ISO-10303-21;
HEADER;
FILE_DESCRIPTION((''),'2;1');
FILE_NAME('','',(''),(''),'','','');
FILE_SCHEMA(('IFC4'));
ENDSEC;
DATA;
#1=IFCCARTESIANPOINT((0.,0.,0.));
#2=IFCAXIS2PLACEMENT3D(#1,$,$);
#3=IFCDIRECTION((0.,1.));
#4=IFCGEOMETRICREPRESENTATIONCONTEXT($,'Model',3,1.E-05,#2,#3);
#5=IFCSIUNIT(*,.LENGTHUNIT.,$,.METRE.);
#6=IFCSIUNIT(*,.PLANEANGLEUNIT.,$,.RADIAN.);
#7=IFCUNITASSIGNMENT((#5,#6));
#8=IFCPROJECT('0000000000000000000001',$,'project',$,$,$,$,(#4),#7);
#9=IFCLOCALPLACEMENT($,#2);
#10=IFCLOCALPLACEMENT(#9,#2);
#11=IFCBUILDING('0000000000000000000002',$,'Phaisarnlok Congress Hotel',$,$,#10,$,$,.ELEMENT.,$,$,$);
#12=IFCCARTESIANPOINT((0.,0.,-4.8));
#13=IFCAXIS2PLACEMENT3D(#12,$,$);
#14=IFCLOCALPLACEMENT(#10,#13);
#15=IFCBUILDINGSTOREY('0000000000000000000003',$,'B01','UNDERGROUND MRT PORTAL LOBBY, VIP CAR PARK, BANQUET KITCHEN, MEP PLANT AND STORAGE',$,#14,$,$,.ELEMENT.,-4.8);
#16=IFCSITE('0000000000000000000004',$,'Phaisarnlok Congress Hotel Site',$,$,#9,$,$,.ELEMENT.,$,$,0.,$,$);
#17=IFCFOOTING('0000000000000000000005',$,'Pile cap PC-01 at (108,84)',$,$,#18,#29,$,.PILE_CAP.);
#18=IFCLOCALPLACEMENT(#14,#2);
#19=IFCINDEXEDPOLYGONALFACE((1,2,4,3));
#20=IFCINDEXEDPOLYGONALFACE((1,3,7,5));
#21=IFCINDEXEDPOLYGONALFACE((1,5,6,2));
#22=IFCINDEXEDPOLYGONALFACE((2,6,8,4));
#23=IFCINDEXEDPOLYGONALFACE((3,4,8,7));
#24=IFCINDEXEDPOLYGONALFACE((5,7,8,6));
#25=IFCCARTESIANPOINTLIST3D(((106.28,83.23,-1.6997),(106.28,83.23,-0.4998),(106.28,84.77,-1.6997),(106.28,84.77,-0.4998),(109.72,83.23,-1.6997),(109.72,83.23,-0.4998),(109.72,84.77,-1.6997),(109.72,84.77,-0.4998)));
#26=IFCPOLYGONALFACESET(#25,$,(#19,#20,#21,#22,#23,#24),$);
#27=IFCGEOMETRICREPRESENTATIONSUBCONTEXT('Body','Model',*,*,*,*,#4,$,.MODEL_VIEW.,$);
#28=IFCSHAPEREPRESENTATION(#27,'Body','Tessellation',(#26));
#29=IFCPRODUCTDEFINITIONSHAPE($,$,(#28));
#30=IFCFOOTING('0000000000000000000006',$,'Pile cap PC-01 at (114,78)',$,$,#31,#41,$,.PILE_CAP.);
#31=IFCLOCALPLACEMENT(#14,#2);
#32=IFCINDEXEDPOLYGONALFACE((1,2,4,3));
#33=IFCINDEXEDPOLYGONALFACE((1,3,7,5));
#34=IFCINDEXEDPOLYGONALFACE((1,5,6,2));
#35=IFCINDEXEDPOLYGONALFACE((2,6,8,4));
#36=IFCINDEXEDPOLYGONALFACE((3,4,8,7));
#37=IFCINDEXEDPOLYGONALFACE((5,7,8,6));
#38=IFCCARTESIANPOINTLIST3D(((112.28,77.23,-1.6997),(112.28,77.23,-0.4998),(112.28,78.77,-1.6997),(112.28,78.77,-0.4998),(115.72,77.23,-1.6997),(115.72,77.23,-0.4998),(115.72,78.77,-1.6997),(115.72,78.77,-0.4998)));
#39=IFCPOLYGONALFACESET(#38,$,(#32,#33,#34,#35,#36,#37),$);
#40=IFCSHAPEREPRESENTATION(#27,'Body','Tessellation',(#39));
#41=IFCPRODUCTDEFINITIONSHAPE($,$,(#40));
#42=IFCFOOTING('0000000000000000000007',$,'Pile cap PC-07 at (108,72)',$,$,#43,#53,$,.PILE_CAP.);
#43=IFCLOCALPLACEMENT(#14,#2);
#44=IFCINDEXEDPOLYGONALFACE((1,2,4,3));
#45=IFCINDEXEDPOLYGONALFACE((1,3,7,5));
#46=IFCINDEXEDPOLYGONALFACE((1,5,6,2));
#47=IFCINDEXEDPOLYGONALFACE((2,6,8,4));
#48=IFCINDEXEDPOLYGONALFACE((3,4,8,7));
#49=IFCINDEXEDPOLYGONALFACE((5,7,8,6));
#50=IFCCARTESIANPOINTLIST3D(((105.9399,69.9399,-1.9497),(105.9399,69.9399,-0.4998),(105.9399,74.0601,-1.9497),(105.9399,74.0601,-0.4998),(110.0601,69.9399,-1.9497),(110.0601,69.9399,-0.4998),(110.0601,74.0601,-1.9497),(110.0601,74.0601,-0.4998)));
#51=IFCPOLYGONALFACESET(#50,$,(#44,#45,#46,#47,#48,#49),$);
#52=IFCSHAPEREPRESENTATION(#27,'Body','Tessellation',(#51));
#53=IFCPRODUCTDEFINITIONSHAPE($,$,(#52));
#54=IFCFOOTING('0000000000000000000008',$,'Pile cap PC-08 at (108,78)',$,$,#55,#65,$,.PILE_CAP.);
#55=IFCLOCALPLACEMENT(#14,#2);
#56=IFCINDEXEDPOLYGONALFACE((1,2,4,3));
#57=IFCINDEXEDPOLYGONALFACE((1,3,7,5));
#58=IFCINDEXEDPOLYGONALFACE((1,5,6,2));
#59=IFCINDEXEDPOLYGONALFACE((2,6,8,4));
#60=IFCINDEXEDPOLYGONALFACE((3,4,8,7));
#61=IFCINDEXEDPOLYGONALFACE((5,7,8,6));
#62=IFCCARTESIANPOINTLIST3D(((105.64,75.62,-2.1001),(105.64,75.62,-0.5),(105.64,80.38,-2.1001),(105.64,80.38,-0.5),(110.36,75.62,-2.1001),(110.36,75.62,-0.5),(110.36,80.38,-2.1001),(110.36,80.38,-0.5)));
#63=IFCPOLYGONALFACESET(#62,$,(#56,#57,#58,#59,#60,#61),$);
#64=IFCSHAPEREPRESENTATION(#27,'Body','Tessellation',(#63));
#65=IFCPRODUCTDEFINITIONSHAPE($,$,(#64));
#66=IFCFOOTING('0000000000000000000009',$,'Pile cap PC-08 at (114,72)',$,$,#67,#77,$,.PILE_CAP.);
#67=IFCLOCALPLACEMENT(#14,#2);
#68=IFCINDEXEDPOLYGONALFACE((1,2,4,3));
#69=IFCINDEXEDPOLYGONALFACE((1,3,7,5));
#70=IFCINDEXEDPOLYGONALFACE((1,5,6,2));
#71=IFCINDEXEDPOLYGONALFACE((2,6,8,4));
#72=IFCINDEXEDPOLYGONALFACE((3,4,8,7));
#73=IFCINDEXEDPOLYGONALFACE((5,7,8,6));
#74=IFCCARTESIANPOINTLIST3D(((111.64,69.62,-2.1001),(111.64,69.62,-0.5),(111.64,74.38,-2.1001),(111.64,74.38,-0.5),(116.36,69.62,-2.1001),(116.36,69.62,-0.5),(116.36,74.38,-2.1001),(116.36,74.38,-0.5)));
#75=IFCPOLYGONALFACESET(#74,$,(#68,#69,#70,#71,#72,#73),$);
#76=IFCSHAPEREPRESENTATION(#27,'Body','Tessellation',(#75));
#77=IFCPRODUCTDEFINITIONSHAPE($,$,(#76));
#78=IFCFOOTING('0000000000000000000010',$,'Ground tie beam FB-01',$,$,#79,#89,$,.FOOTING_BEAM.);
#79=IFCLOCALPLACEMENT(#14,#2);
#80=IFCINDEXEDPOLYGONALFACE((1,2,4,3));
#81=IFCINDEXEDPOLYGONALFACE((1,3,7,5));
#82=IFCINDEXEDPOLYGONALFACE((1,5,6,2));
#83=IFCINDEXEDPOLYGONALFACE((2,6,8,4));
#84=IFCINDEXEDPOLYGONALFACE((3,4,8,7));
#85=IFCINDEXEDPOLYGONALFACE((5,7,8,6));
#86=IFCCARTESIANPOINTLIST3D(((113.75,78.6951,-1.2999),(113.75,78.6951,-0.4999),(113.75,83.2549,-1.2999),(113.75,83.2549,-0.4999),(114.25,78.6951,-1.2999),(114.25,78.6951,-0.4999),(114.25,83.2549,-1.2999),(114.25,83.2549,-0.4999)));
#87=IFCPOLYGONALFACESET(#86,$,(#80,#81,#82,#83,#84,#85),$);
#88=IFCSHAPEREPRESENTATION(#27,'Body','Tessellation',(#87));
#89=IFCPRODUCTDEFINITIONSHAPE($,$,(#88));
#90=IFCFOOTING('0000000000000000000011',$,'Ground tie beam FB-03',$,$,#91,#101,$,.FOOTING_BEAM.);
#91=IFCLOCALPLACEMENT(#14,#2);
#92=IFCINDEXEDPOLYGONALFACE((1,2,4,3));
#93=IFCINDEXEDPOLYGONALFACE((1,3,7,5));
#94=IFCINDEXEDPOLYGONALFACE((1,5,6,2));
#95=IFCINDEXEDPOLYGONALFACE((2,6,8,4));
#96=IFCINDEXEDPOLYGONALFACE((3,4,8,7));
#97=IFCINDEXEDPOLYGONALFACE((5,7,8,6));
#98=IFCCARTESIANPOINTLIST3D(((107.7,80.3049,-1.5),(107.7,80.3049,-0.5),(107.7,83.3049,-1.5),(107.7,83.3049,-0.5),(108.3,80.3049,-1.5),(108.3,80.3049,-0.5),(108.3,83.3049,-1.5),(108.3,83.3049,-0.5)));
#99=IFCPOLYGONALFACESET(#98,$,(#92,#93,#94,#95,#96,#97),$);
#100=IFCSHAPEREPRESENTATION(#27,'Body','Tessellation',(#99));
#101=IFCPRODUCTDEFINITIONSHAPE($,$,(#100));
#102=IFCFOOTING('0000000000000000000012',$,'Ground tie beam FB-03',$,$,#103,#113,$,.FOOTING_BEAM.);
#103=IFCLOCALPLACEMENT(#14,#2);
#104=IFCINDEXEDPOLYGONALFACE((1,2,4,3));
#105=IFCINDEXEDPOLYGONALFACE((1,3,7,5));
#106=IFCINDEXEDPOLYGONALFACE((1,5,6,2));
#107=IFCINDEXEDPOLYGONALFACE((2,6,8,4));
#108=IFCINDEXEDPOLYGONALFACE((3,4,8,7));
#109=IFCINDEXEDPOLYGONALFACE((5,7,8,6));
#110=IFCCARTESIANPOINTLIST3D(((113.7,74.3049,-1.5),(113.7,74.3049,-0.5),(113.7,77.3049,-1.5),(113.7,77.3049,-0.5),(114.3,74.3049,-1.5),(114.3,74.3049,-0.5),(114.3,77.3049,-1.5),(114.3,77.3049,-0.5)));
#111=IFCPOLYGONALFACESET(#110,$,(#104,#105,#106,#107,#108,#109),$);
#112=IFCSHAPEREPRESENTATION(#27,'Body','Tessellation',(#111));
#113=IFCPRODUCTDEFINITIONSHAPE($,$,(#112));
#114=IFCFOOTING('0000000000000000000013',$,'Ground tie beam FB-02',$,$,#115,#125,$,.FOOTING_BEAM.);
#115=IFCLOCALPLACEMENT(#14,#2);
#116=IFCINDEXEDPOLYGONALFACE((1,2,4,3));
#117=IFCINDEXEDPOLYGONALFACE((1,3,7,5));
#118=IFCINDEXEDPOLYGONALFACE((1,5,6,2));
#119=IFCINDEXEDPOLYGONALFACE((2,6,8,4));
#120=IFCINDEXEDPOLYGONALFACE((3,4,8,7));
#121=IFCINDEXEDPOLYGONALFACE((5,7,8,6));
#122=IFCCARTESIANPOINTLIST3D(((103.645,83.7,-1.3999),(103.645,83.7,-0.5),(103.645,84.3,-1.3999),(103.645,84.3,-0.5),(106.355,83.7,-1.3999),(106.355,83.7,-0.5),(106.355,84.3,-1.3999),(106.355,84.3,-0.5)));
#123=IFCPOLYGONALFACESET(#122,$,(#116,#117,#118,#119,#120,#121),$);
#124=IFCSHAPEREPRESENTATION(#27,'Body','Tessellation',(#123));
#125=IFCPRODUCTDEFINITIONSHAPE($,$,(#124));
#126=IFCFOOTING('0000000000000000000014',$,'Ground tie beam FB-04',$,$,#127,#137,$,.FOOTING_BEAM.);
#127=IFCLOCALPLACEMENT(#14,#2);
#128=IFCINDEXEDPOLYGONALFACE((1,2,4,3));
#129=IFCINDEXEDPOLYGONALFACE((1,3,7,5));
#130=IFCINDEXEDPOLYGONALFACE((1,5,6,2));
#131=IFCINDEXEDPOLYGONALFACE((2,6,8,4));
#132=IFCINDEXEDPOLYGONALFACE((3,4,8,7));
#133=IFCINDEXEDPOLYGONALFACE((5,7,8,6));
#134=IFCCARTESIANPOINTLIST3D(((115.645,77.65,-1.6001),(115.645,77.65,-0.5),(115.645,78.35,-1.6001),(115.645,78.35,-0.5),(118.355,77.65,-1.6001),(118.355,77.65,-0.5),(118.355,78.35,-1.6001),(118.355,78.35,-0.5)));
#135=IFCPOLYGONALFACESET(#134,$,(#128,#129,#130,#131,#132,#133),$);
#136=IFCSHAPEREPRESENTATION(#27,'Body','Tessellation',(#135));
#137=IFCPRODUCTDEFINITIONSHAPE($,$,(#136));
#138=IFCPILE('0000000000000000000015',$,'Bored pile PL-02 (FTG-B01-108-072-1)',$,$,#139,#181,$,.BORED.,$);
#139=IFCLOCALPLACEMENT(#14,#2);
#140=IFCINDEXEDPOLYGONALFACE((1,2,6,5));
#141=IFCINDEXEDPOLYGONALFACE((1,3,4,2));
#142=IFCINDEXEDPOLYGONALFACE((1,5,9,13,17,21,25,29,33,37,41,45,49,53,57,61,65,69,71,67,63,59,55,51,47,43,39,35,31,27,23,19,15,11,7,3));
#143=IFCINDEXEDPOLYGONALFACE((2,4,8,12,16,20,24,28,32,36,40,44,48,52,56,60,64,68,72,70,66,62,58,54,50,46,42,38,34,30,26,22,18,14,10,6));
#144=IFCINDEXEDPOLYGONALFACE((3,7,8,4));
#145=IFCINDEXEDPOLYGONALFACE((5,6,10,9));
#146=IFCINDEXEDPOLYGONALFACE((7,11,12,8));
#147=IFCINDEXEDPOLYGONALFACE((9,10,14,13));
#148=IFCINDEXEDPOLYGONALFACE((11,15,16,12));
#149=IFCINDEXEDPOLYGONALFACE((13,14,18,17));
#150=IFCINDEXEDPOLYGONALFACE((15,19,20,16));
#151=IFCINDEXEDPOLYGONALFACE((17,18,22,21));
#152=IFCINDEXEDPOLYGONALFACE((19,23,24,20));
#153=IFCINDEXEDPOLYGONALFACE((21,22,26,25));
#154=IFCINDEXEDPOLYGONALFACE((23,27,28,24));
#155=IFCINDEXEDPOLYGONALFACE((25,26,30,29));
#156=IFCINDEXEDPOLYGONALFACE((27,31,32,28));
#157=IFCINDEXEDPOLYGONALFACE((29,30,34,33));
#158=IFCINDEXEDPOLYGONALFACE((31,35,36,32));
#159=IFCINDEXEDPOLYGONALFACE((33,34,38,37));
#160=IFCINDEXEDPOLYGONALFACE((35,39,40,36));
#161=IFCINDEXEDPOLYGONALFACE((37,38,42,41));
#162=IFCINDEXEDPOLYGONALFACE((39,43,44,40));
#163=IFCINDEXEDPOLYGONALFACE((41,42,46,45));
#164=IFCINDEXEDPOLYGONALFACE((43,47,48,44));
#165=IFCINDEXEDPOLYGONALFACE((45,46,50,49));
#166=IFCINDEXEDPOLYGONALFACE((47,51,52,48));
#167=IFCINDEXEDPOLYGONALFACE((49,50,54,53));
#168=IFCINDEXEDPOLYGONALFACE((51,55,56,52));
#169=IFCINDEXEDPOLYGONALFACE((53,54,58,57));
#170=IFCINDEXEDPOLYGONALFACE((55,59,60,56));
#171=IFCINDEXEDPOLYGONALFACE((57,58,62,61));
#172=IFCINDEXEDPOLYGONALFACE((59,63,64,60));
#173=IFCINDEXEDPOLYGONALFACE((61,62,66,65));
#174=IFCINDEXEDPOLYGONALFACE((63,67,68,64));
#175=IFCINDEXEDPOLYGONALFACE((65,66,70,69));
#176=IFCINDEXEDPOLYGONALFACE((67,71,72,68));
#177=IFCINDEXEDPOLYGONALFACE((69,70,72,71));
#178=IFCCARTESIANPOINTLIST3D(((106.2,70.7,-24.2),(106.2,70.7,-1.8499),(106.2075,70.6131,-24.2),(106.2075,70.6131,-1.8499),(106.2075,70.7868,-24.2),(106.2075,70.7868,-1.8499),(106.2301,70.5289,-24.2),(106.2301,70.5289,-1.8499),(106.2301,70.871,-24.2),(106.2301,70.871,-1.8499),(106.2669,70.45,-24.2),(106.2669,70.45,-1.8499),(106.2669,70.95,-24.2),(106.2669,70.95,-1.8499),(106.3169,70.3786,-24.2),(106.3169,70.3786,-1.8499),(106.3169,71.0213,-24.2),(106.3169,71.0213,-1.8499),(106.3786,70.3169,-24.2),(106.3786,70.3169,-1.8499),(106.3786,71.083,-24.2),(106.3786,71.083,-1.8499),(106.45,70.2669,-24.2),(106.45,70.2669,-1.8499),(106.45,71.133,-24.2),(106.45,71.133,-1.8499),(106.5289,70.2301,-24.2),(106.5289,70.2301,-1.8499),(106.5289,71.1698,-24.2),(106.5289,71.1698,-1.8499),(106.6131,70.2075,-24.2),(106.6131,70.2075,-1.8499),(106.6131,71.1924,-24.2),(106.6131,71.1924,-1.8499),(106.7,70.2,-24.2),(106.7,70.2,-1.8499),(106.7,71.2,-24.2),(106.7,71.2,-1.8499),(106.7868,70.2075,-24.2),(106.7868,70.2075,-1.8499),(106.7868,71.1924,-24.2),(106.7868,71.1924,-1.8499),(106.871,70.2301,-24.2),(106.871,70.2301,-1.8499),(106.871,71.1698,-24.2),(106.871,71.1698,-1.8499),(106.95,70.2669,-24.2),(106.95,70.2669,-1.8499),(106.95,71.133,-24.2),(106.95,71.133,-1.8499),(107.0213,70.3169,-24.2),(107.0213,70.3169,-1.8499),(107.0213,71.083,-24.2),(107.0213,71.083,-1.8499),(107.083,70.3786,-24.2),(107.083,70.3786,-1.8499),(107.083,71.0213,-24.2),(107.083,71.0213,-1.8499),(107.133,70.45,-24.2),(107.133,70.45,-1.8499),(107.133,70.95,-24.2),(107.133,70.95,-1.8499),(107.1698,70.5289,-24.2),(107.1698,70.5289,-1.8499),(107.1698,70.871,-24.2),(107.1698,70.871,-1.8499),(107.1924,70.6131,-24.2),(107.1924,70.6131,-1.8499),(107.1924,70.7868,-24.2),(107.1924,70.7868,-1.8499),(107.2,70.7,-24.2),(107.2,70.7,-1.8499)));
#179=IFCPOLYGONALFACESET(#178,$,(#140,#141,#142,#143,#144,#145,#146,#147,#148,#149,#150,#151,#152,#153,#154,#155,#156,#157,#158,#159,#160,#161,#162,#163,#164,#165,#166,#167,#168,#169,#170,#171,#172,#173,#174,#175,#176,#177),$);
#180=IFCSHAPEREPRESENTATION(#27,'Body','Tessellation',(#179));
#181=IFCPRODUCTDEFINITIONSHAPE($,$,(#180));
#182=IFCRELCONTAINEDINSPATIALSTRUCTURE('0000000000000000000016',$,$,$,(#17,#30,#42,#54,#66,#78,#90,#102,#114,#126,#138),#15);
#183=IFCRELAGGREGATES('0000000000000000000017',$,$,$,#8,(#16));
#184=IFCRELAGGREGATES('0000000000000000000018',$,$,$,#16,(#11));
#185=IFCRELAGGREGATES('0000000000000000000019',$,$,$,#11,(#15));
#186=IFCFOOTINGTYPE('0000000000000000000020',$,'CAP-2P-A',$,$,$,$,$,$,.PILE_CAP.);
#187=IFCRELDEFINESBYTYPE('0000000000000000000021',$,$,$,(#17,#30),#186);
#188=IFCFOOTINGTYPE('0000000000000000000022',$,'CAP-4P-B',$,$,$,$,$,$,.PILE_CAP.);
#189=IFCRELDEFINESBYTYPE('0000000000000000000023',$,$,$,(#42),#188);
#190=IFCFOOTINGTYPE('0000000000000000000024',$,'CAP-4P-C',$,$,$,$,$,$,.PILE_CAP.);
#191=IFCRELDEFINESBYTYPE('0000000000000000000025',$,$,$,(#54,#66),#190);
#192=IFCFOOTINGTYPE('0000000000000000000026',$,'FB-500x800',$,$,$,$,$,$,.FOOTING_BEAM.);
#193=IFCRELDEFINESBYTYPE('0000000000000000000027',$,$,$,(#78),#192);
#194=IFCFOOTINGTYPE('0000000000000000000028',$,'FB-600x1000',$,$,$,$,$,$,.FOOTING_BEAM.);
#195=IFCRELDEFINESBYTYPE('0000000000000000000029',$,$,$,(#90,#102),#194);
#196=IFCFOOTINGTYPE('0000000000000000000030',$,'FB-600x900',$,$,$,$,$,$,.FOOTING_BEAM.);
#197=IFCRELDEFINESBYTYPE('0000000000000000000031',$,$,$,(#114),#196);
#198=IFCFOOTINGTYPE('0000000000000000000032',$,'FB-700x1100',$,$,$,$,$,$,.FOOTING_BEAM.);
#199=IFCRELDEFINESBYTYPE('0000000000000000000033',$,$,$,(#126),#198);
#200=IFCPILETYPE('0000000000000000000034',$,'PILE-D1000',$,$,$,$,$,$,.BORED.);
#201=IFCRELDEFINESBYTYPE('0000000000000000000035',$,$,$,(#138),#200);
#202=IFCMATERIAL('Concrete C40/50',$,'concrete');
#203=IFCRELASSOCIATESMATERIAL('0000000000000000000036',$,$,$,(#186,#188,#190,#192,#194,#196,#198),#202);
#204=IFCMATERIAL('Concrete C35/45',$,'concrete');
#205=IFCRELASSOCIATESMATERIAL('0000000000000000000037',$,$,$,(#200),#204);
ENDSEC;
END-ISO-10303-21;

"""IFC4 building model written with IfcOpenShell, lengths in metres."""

from ifc_helpers import new_model, si_unit, direction, frame, origin, origin_2d, place, context, subcontext, project, spatial, rectangle, circle, extrude, material, material_profile, profile_set, type_object, element, save


model = new_model("IFC4")

# Units and contexts
model_context = context("Model", 3, precision=1e-05, world=origin(), true_north=direction((0.0, 1.0)))
body_context = subcontext(model_context, "Body", "Model", "MODEL_VIEW")
ifc_project = project(units=[si_unit("LENGTHUNIT", "METRE"), si_unit("PLANEANGLEUNIT", "RADIAN")], contexts=[model_context])

# Site, building, storey
site_placement = place(None, origin())
site = spatial("IfcSite", under=ifc_project, at=site_placement, Name="Phaisarnlok Congress Hotel Site", CompositionType="ELEMENT", RefElevation=0.0)
building_placement = place(site_placement, origin())
building = spatial("IfcBuilding", under=site, at=building_placement, Name="Phaisarnlok Congress Hotel", CompositionType="ELEMENT")
storey_placement = place(building_placement, frame((0.0, 0.0, -4.8)))
storey = spatial("IfcBuildingStorey", under=building, at=storey_placement, Name="B01", Description="UNDERGROUND MRT PORTAL LOBBY, VIP CAR PARK, BANQUET KITCHEN, MEP PLANT AND STORAGE", CompositionType="ELEMENT", Elevation=-4.8)

# Footings
ifc_material_1 = material(Name="Concrete C40/50", Category="concrete")
footing_type_1 = type_object("IfcFootingType", Name="CAP-2P-A", PredefinedType="PILE_CAP", material=ifc_material_1)
for number, where, z_axis, x_axis, name in (
    (1, (108.0, 84.0, -1.6997), (0.0, 0.0, 1.0), (1.0, 0.0, 0.0), "Pile cap PC-01 at (108,84)"),
    (2, (114.0, 78.0, -1.6997), (0.0, 0.0, 1.0), (1.0, 0.0, 0.0), "Pile cap PC-01 at (114,78)"),
):
    element("IfcFooting", number, at=place(storey_placement, frame(where, z_axis=z_axis, x_axis=x_axis)), inside=storey, type_object=footing_type_1, Name=name, PredefinedType="PILE_CAP", context=body_context, shape_type="SweptSolid", body=[
        extrude(rectangle(XDim=3.4399, YDim=1.54, at=origin_2d()), origin(), (0.0, 0.0, 1.0), 1.2),
    ])
footing_type_2 = type_object("IfcFootingType", Name="CAP-4P-B", PredefinedType="PILE_CAP", material=ifc_material_1)
footing_1_placement = place(storey_placement, frame((108.0, 72.0, -1.9497), z_axis=(0.0, 0.0, 1.0), x_axis=(1.0, 0.0, 0.0)))
element("IfcFooting", 3, at=footing_1_placement, inside=storey, type_object=footing_type_2, Name="Pile cap PC-07 at (108,72)", PredefinedType="PILE_CAP", context=body_context, shape_type="SweptSolid", body=[
    extrude(rectangle(XDim=4.1201, YDim=4.1201, at=origin_2d()), origin(), (0.0, 0.0, 1.0), 1.45),
])
footing_type_3 = type_object("IfcFootingType", Name="CAP-4P-C", PredefinedType="PILE_CAP", material=ifc_material_1)
for number, where, z_axis, x_axis, name in (
    (4, (108.0, 78.0, -2.1001), (0.0, 0.0, 1.0), (1.0, 0.0, 0.0), "Pile cap PC-08 at (108,78)"),
    (5, (114.0, 72.0, -2.1001), (0.0, 0.0, 1.0), (1.0, 0.0, 0.0), "Pile cap PC-08 at (114,72)"),
):
    element("IfcFooting", number, at=place(storey_placement, frame(where, z_axis=z_axis, x_axis=x_axis)), inside=storey, type_object=footing_type_3, Name=name, PredefinedType="PILE_CAP", context=body_context, shape_type="SweptSolid", body=[
        extrude(rectangle(XDim=4.72, YDim=4.76, at=origin_2d()), origin(), (0.0, 0.0, 1.0), 1.6001),
    ])
ifc_material_profile_1 = material_profile(ifc_material_1, rectangle(XDim=0.5, YDim=0.8, at=origin_2d()), Name="FB-500x800")
ifc_profile_set_1 = profile_set([ifc_material_profile_1], Name="Concrete C40/50")
footing_type_4 = type_object("IfcFootingType", Name="FB-500x800", PredefinedType="FOOTING_BEAM", material=ifc_profile_set_1)
footing_2_placement = place(storey_placement, frame((114.0, 78.6951, -0.8999), z_axis=(0.0, 1.0, 0.0), x_axis=(-1.0, 0.0, 0.0)))
element("IfcFooting", 6, at=footing_2_placement, inside=storey, type_object=footing_type_4, Name="Ground tie beam FB-01", PredefinedType="FOOTING_BEAM", context=body_context, shape_type="SweptSolid", body=[
    extrude(rectangle(XDim=0.5, YDim=0.8, at=origin_2d()), origin(), (0.0, 0.0, 1.0), 4.5598),
])
ifc_material_profile_2 = material_profile(ifc_material_1, rectangle(XDim=0.6001, YDim=1.0, at=origin_2d()), Name="FB-600x1000")
ifc_profile_set_2 = profile_set([ifc_material_profile_2], Name="Concrete C40/50")
footing_type_5 = type_object("IfcFootingType", Name="FB-600x1000", PredefinedType="FOOTING_BEAM", material=ifc_profile_set_2)
for number, where, z_axis, x_axis, name in (
    (7, (108.0, 80.3049, -1.0), (0.0, 1.0, 0.0), (-1.0, 0.0, 0.0), "Ground tie beam FB-03"),
    (8, (114.0, 74.3049, -1.0), (0.0, 1.0, 0.0), (-1.0, 0.0, 0.0), "Ground tie beam FB-03"),
):
    element("IfcFooting", number, at=place(storey_placement, frame(where, z_axis=z_axis, x_axis=x_axis)), inside=storey, type_object=footing_type_5, Name=name, PredefinedType="FOOTING_BEAM", context=body_context, shape_type="SweptSolid", body=[
        extrude(rectangle(XDim=0.6001, YDim=1.0, at=origin_2d()), origin(), (0.0, 0.0, 1.0), 3.0),
    ])
ifc_material_profile_3 = material_profile(ifc_material_1, rectangle(XDim=0.6001, YDim=0.8999, at=origin_2d()), Name="FB-600x900")
ifc_profile_set_3 = profile_set([ifc_material_profile_3], Name="Concrete C40/50")
footing_type_6 = type_object("IfcFootingType", Name="FB-600x900", PredefinedType="FOOTING_BEAM", material=ifc_profile_set_3)
footing_3_placement = place(storey_placement, frame((103.645, 84.0, -0.95), z_axis=(1.0, 0.0, 0.0), x_axis=(0.0, 1.0, 0.0)))
element("IfcFooting", 9, at=footing_3_placement, inside=storey, type_object=footing_type_6, Name="Ground tie beam FB-02", PredefinedType="FOOTING_BEAM", context=body_context, shape_type="SweptSolid", body=[
    extrude(rectangle(XDim=0.6001, YDim=0.8999, at=origin_2d()), origin(), (0.0, 0.0, 1.0), 2.71),
])
ifc_material_profile_4 = material_profile(ifc_material_1, rectangle(XDim=0.7, YDim=1.1001, at=origin_2d()), Name="FB-700x1100")
ifc_profile_set_4 = profile_set([ifc_material_profile_4], Name="Concrete C40/50")
footing_type_7 = type_object("IfcFootingType", Name="FB-700x1100", PredefinedType="FOOTING_BEAM", material=ifc_profile_set_4)
footing_4_placement = place(storey_placement, frame((115.645, 78.0, -1.05), z_axis=(1.0, 0.0, 0.0), x_axis=(0.0, 1.0, 0.0)))
element("IfcFooting", 10, at=footing_4_placement, inside=storey, type_object=footing_type_7, Name="Ground tie beam FB-04", PredefinedType="FOOTING_BEAM", context=body_context, shape_type="SweptSolid", body=[
    extrude(rectangle(XDim=0.7, YDim=1.1001, at=origin_2d()), origin(), (0.0, 0.0, 1.0), 2.71),
])

# Pile
ifc_material_2 = material(Name="Concrete C35/45", Category="concrete")
ifc_material_profile_5 = material_profile(ifc_material_2, circle(Radius=0.5, at=origin_2d()), Name="BORED PILE D1000")
ifc_profile_set_5 = profile_set([ifc_material_profile_5], Name="Concrete C35/45")
pile_type_1 = type_object("IfcPileType", Name="PILE-D1000", PredefinedType="BORED", material=ifc_profile_set_5)
for number, where, z_axis, x_axis, name in (
    (11, (106.7, 70.7, -1.8499), (0.0, 0.0, -1.0), (1.0, 0.0, 0.0), "Bored pile PL-02 (FTG-B01-108-072-1)"),
):
    element("IfcPile", number, at=place(storey_placement, frame(where, z_axis=z_axis, x_axis=x_axis)), inside=storey, type_object=pile_type_1, Name=name, PredefinedType="BORED", context=body_context, shape_type="SweptSolid", body=[
        extrude(circle(Radius=0.5, at=origin_2d()), origin(), (0.0, 0.0, 1.0), 22.3501),
    ])

save(model, "model.ifc")
